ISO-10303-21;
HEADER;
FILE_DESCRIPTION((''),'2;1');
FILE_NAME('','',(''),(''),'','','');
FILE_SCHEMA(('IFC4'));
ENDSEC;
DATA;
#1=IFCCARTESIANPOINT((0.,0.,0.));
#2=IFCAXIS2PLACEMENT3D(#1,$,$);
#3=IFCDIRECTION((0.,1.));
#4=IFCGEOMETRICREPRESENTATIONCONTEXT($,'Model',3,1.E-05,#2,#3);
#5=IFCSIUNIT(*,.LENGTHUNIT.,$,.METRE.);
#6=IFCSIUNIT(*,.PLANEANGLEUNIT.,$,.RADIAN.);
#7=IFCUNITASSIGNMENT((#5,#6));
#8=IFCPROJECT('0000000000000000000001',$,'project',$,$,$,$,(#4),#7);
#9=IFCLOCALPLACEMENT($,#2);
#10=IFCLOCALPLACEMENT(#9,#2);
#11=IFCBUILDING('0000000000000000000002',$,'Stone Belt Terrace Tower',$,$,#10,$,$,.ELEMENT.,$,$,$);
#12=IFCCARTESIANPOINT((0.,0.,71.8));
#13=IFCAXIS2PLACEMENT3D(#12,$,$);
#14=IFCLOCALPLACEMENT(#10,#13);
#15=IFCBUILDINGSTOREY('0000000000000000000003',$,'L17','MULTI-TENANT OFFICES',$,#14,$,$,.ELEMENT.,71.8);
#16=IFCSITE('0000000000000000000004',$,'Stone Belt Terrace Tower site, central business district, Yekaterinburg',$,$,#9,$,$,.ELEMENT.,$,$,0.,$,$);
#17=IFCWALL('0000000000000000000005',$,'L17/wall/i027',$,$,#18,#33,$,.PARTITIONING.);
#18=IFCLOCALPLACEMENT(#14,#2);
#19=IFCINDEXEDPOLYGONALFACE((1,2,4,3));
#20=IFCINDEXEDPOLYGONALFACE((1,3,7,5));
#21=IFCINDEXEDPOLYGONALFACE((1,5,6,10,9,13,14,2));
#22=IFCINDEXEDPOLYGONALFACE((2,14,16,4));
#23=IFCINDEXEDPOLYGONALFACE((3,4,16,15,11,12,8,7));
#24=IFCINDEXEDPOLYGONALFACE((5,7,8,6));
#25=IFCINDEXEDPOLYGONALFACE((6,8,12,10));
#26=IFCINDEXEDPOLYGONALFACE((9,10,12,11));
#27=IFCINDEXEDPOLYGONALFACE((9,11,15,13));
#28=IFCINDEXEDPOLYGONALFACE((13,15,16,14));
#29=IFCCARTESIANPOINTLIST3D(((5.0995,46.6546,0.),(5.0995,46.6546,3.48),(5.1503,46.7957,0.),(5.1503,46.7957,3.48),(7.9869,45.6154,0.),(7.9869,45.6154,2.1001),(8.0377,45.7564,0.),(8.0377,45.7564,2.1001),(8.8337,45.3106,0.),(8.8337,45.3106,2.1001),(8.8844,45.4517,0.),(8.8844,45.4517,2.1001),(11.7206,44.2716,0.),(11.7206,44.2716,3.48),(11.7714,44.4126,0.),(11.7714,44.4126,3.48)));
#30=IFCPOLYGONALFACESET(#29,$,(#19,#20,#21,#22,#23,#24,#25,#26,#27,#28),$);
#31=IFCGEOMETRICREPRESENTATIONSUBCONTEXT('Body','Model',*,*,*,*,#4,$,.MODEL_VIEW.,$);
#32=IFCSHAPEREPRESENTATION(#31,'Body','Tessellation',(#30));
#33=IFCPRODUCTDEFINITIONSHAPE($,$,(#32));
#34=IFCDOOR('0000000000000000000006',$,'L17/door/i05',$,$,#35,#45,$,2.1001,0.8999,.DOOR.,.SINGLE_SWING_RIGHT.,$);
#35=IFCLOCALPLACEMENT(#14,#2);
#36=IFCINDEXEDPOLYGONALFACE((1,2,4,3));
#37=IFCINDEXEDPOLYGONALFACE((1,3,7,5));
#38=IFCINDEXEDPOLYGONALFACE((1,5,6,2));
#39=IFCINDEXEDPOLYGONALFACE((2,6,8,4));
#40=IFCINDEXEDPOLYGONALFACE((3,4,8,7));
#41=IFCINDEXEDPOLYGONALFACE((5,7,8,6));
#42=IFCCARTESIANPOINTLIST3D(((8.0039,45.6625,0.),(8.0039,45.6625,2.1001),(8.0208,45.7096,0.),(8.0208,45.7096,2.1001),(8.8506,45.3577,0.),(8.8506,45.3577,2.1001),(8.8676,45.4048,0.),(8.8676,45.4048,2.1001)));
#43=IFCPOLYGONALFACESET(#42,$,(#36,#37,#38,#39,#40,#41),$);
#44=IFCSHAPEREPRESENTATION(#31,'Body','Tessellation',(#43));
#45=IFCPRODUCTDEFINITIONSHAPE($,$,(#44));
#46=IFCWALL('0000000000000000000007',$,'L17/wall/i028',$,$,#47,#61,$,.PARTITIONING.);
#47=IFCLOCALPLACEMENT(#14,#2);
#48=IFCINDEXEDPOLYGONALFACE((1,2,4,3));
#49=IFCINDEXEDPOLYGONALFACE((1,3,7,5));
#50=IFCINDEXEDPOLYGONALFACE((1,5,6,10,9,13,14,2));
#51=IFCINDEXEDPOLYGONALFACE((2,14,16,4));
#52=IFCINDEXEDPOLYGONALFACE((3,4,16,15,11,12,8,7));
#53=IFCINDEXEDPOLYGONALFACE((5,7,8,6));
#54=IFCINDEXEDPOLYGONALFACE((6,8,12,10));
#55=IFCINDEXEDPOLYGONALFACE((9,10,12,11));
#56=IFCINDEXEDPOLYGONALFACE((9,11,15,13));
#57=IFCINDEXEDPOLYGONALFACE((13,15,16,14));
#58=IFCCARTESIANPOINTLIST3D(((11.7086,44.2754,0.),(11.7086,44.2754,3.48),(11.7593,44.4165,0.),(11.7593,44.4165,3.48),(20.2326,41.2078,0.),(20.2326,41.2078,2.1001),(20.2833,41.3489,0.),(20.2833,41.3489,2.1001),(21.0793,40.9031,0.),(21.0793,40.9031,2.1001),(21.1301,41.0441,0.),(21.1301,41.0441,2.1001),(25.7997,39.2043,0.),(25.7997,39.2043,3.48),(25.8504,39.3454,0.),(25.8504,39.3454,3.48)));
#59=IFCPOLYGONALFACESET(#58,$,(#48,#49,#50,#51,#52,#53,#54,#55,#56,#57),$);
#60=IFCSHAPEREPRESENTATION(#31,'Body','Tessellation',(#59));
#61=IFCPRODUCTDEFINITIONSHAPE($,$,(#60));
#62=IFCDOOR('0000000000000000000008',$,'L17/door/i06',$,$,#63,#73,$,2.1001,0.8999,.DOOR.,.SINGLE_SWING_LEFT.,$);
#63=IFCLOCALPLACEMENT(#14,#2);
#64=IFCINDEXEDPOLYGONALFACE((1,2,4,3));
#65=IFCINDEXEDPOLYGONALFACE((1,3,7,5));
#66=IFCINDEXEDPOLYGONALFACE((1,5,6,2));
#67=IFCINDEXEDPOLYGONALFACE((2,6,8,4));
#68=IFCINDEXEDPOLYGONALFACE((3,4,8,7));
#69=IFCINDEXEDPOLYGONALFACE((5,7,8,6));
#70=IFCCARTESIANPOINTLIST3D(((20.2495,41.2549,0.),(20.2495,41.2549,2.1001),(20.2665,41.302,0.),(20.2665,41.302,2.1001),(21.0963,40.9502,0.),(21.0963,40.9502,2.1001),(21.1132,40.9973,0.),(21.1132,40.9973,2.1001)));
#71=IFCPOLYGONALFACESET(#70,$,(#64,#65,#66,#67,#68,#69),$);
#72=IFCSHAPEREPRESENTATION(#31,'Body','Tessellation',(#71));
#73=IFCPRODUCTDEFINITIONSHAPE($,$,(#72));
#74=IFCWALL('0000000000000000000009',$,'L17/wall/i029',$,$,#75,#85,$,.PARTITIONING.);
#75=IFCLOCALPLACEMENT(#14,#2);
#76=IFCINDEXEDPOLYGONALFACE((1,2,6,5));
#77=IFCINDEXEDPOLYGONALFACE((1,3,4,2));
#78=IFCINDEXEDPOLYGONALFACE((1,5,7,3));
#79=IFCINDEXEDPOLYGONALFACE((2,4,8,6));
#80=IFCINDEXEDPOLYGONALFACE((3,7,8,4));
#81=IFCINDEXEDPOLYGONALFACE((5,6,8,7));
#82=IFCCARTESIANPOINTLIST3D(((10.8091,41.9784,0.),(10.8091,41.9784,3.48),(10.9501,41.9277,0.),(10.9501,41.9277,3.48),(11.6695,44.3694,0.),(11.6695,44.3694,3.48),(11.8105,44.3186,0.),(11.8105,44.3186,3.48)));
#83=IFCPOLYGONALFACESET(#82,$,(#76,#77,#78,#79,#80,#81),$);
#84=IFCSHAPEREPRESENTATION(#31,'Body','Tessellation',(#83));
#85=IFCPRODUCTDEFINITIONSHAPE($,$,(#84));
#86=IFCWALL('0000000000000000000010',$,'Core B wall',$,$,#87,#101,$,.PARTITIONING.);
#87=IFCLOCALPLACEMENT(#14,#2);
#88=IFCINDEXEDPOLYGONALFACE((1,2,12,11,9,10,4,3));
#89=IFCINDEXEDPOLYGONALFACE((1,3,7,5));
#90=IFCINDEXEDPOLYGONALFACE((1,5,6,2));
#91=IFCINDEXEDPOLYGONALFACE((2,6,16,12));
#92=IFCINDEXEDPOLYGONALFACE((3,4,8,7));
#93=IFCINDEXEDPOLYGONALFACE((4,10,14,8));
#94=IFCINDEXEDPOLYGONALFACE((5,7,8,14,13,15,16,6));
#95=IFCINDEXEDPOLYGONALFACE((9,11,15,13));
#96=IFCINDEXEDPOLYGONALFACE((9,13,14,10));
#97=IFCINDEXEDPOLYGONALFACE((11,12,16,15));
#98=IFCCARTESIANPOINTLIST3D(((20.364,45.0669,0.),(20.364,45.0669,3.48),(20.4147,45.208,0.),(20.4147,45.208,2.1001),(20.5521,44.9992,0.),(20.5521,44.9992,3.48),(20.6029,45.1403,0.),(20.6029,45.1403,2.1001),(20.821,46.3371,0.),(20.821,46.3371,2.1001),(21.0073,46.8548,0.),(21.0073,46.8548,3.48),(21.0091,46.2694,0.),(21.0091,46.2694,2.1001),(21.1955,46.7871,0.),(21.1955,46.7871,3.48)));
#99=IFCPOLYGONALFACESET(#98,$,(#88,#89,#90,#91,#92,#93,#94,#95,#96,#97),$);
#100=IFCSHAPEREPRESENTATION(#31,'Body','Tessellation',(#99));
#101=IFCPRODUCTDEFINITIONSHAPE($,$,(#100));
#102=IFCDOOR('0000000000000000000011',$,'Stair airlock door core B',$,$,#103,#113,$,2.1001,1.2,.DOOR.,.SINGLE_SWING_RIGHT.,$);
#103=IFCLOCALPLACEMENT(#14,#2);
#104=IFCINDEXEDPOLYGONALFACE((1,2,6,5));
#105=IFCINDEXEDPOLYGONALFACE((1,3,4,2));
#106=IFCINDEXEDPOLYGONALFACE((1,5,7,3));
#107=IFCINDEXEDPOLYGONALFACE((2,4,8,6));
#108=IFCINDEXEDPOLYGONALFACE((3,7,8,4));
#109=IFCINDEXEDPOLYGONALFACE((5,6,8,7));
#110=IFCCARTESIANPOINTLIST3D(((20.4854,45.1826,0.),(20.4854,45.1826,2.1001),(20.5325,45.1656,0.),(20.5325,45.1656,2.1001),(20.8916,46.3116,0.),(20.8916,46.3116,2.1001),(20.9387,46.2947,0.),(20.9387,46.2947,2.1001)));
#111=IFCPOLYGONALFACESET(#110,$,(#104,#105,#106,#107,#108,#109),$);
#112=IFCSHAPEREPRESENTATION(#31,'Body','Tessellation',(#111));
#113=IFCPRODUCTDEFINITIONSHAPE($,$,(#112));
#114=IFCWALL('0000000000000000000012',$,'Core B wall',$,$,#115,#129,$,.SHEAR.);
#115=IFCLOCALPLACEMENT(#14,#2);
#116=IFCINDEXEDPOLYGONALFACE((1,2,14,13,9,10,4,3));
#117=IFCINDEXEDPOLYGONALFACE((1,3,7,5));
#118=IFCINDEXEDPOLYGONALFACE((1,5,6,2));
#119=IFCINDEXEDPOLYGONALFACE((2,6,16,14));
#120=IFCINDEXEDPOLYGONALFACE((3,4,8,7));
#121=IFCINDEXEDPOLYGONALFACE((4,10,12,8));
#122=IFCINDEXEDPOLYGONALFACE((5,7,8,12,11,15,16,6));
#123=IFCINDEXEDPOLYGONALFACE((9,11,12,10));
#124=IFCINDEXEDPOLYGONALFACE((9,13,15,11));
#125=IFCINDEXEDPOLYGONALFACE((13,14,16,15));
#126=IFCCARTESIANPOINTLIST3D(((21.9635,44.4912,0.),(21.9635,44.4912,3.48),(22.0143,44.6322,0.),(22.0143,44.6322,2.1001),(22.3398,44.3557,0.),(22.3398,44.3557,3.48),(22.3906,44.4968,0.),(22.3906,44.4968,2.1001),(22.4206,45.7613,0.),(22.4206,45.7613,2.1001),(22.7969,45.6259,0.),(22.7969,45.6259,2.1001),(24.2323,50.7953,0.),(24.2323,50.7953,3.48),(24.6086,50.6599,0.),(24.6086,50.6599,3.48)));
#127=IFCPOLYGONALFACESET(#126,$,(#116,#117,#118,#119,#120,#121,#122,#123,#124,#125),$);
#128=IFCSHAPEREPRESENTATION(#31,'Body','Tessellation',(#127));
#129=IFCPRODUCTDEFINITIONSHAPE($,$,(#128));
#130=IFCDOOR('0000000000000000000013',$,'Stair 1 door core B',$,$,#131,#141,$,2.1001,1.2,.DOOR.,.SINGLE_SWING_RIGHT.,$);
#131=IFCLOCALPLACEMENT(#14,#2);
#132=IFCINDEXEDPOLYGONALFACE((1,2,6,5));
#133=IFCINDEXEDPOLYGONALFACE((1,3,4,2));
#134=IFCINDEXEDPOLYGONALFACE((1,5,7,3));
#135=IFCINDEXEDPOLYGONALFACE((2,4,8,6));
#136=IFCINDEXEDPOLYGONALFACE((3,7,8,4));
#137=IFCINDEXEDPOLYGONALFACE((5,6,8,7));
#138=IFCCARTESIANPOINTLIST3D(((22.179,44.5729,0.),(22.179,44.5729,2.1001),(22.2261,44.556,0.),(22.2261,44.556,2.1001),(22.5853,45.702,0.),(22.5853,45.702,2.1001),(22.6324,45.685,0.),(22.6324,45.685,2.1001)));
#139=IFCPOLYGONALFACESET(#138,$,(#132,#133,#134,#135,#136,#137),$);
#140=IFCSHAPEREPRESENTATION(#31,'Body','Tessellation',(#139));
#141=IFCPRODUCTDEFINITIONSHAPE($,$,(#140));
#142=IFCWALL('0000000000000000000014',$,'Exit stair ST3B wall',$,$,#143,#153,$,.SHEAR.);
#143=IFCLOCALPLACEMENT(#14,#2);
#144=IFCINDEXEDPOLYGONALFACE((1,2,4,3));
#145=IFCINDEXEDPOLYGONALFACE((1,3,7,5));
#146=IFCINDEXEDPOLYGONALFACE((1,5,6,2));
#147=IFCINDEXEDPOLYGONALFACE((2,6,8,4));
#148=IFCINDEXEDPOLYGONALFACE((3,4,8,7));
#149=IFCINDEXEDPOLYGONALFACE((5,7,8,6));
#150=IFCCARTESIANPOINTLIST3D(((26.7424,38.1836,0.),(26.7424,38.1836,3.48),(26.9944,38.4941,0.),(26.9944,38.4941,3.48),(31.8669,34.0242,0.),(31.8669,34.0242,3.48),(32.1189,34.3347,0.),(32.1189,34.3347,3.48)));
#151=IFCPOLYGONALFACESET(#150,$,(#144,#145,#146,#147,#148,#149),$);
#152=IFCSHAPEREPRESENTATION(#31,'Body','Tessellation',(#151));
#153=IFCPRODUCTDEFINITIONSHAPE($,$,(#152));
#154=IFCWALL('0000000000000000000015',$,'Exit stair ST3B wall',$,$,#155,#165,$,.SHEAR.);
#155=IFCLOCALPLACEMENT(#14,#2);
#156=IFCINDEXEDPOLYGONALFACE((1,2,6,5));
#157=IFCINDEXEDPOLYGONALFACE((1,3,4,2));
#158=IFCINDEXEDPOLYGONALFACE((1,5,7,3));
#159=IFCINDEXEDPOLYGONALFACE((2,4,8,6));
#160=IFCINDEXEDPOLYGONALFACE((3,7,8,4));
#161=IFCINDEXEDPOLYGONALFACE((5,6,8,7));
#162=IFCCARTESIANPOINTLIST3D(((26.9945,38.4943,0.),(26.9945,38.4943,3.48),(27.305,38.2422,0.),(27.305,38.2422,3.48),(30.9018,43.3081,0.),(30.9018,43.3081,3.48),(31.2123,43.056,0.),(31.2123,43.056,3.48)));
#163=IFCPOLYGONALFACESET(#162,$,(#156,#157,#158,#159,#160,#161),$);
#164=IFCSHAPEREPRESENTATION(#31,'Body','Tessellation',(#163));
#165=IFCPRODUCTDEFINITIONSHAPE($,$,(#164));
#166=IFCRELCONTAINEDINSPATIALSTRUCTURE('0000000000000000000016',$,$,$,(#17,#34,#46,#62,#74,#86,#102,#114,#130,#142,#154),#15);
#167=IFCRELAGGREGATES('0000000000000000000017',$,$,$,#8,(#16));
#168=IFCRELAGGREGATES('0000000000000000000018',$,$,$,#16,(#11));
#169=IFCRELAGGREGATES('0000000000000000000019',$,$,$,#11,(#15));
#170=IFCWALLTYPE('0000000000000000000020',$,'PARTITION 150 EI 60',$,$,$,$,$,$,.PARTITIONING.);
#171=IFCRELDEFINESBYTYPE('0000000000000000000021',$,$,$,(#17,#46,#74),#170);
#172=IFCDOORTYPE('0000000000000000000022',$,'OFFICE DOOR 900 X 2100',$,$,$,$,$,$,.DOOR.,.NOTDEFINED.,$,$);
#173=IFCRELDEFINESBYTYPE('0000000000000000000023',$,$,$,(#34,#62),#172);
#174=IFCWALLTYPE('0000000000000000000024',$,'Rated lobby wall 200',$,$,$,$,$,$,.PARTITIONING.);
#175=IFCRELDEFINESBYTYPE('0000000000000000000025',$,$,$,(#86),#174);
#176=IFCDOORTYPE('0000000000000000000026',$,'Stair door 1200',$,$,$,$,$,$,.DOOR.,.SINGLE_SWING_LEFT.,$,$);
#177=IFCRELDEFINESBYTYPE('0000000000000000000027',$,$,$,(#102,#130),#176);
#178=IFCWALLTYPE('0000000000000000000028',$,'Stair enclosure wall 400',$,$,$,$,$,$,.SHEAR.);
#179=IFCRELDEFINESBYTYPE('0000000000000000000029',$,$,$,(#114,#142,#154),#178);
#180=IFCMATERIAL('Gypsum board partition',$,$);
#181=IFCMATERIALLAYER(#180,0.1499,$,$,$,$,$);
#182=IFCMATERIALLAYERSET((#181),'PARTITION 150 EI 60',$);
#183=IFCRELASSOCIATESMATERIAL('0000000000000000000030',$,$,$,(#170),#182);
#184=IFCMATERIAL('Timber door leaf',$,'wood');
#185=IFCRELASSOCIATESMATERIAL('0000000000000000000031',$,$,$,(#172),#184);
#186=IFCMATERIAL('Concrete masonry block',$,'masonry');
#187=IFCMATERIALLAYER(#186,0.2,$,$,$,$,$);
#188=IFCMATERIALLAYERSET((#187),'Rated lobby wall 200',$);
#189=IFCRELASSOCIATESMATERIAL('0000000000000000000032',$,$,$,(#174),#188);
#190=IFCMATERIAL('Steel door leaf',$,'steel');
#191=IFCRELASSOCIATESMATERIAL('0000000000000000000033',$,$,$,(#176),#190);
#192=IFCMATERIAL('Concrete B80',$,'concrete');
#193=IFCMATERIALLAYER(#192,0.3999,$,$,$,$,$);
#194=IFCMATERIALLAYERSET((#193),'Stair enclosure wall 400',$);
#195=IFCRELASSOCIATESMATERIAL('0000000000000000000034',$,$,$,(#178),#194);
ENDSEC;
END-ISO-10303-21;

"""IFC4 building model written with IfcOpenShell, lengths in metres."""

from ifc_helpers import new_model, si_unit, direction, frame, frame_2d, origin, place, context, subcontext, project, spatial, rectangle, extrude, material, layer, layer_set, type_object, element, fill, save


model = new_model("IFC4")

# Units and contexts
model_context = context("Model", 3, precision=1e-05, world=origin(), true_north=direction((0.0, 1.0)))
body_context = subcontext(model_context, "Body", "Model", "MODEL_VIEW")
ifc_project = project(units=[si_unit("LENGTHUNIT", "METRE"), si_unit("PLANEANGLEUNIT", "RADIAN")], contexts=[model_context])

# Site, building, storey
site_placement = place(None, origin())
site = spatial("IfcSite", under=ifc_project, at=site_placement, Name="Stone Belt Terrace Tower site, central business district, Yekaterinburg", CompositionType="ELEMENT", RefElevation=0.0)
building_placement = place(site_placement, origin())
building = spatial("IfcBuilding", under=site, at=building_placement, Name="Stone Belt Terrace Tower", CompositionType="ELEMENT")
storey_placement = place(building_placement, frame((0.0, 0.0, 71.8)))
storey = spatial("IfcBuildingStorey", under=building, at=storey_placement, Name="L17", Description="MULTI-TENANT OFFICES", CompositionType="ELEMENT", Elevation=71.8)

# Shared definitions
ifc_material_1 = material(Name="Concrete B80", Category="concrete")

# Walls, openings, doors
ifc_material_2 = material(Name="Gypsum board partition")
ifc_layer_1 = layer(ifc_material_2, 0.1499)
ifc_layer_set_1 = layer_set([ifc_layer_1], Name="PARTITION 150 EI 60")
wall_type_1 = type_object("IfcWallType", Name="PARTITION 150 EI 60", PredefinedType="PARTITIONING", material=ifc_layer_set_1)
wall_1_placement = place(storey_placement, frame((11.7461, 44.342, 0.0), z_axis=(0.0, 0.0, 1.0), x_axis=(-0.940912, 0.338652, 0.0)))
wall_1 = element("IfcWall", 1, at=wall_1_placement, inside=storey, type_object=wall_type_1, Name="L17/wall/i027", PredefinedType="PARTITIONING", context=body_context, shape_type="SweptSolid", body=[
    extrude(rectangle(XDim=7.0369, YDim=0.1499, at=frame_2d((3.5186, 0.0))), origin(), (0.0, 0.0, 1.0), 3.48),
])
opening_1_placement = place(wall_1_placement, frame((3.0684, 0.0, 0.0)))
opening_1 = element("IfcOpeningElement", 2, at=opening_1_placement, cuts=wall_1, PredefinedType="OPENING", context=body_context, shape_type="SweptSolid", body=[
    extrude(rectangle(XDim=0.8999, YDim=2.1001, at=frame_2d((0.45, 1.05))), frame((0.0, 0.085, 0.0), z_axis=(0.0, -1.0, 0.0), x_axis=(1.0, 0.0, 0.0)), (0.0, 0.0, 1.0), 0.1699),
])
ifc_material_3 = material(Name="Timber door leaf", Category="wood")
door_type_1 = type_object("IfcDoorType", Name="OFFICE DOOR 900 X 2100", OperationType="NOTDEFINED", PredefinedType="DOOR", material=ifc_material_3)
door_1_placement = place(opening_1_placement, origin())
door_1 = element("IfcDoor", 3, at=door_1_placement, inside=storey, type_object=door_type_1, Name="L17/door/i05", OperationType="SINGLE_SWING_RIGHT", OverallHeight=2.1001, OverallWidth=0.8999, PredefinedType="DOOR", context=body_context, shape_type="SweptSolid", body=[
    extrude(rectangle(XDim=0.8999, YDim=2.1001, at=frame_2d((0.45, 1.05))), frame((0.0, 0.0249, 0.0), z_axis=(0.0, -1.0, 0.0), x_axis=(1.0, 0.0, 0.0)), (0.0, 0.0, 1.0), 0.05),
])
fill(opening_1, door_1)
wall_2_placement = place(storey_placement, frame((25.825, 39.2749, 0.0), z_axis=(0.0, 0.0, 1.0), x_axis=(-0.940924, 0.338617, 0.0)))
wall_2 = element("IfcWall", 4, at=wall_2_placement, inside=storey, type_object=wall_type_1, Name="L17/wall/i028", PredefinedType="PARTITIONING", context=body_context, shape_type="SweptSolid", body=[
    extrude(rectangle(XDim=14.9758, YDim=0.1499, at=frame_2d((7.4878, 0.0))), origin(), (0.0, 0.0, 1.0), 3.48),
])
opening_2_placement = place(wall_2_placement, frame((5.0166, 0.0, 0.0)))
opening_2 = element("IfcOpeningElement", 5, at=opening_2_placement, cuts=wall_2, PredefinedType="OPENING", context=body_context, shape_type="SweptSolid", body=[
    extrude(rectangle(XDim=0.8999, YDim=2.1001, at=frame_2d((0.45, 1.05))), frame((0.0, 0.085, 0.0), z_axis=(0.0, -1.0, 0.0), x_axis=(1.0, 0.0, 0.0)), (0.0, 0.0, 1.0), 0.1699),
])
door_2_placement = place(opening_2_placement, origin())
door_2 = element("IfcDoor", 6, at=door_2_placement, inside=storey, type_object=door_type_1, Name="L17/door/i06", OperationType="SINGLE_SWING_LEFT", OverallHeight=2.1001, OverallWidth=0.8999, PredefinedType="DOOR", context=body_context, shape_type="SweptSolid", body=[
    extrude(rectangle(XDim=0.8999, YDim=2.1001, at=frame_2d((0.45, 1.05))), frame((0.0, 0.0249, 0.0), z_axis=(0.0, -1.0, 0.0), x_axis=(1.0, 0.0, 0.0)), (0.0, 0.0, 1.0), 0.05),
])
fill(opening_2, door_2)

# Wall
wall_3_placement = place(storey_placement, frame((11.74, 44.344, 0.0), z_axis=(0.0, 0.0, 1.0), x_axis=(-0.338594, -0.940933, 0.0)))
element("IfcWall", 7, at=wall_3_placement, inside=storey, type_object=wall_type_1, Name="L17/wall/i029", PredefinedType="PARTITIONING", context=body_context, shape_type="SweptSolid", body=[
    extrude(rectangle(XDim=2.541, YDim=0.1499, at=frame_2d((1.2705, 0.0))), origin(), (0.0, 0.0, 1.0), 3.48),
])

# Walls, openings, doors
ifc_material_4 = material(Name="Concrete masonry block", Category="masonry")
ifc_layer_2 = layer(ifc_material_4, 0.2)
ifc_layer_set_2 = layer_set([ifc_layer_2], Name="Rated lobby wall 200")
wall_type_2 = type_object("IfcWallType", Name="Rated lobby wall 200", PredefinedType="PARTITIONING", material=ifc_layer_set_2)
wall_4_placement = place(storey_placement, frame((20.458, 45.033, 0.0), z_axis=(0.0, 0.0, 1.0), x_axis=(0.338574, 0.94094, 0.0)))
wall_4 = element("IfcWall", 8, at=wall_4_placement, inside=storey, type_object=wall_type_2, Name="Core B wall", PredefinedType="PARTITIONING", context=body_context, shape_type="SweptSolid", body=[
    extrude(rectangle(XDim=1.9001, YDim=0.2, at=frame_2d((0.9502, 0.0))), origin(), (0.0, 0.0, 1.0), 3.48),
])
opening_3_placement = place(wall_4_placement, frame((0.1499, 0.0, 0.0)))
opening_3 = element("IfcOpeningElement", 9, at=opening_3_placement, cuts=wall_4, PredefinedType="OPENING", context=body_context, shape_type="SweptSolid", body=[
    extrude(rectangle(XDim=1.2, YDim=2.1001, at=frame_2d((0.6001, 1.05))), frame((0.0, 0.1099, 0.0), z_axis=(0.0, -1.0, 0.0), x_axis=(1.0, 0.0, 0.0)), (0.0, 0.0, 1.0), 0.22),
])
ifc_material_5 = material(Name="Steel door leaf", Category="steel")
door_type_2 = type_object("IfcDoorType", Name="Stair door 1200", OperationType="SINGLE_SWING_LEFT", PredefinedType="DOOR", material=ifc_material_5)
door_3_placement = place(opening_3_placement, origin())
door_3 = element("IfcDoor", 10, at=door_3_placement, inside=storey, type_object=door_type_2, Name="Stair airlock door core B", OperationType="SINGLE_SWING_RIGHT", OverallHeight=2.1001, OverallWidth=1.2, PredefinedType="DOOR", context=body_context, shape_type="SweptSolid", body=[
    extrude(rectangle(XDim=1.2, YDim=2.1001, at=frame_2d((0.6001, 1.05))), frame((0.0, 0.0249, 0.0), z_axis=(0.0, -1.0, 0.0), x_axis=(1.0, 0.0, 0.0)), (0.0, 0.0, 1.0), 0.05),
])
fill(opening_3, door_3)
ifc_layer_3 = layer(ifc_material_1, 0.3999)
ifc_layer_set_3 = layer_set([ifc_layer_3], Name="Stair enclosure wall 400")
wall_type_3 = type_object("IfcWallType", Name="Stair enclosure wall 400", PredefinedType="SHEAR", material=ifc_layer_set_3)
wall_5_placement = place(storey_placement, frame((22.1516, 44.4233, 0.0), z_axis=(0.0, 0.0, 1.0), x_axis=(0.338625, 0.940921, 0.0)))
wall_5 = element("IfcWall", 11, at=wall_5_placement, inside=storey, type_object=wall_type_3, Name="Core B wall", PredefinedType="SHEAR", context=body_context, shape_type="SweptSolid", body=[
    extrude(rectangle(XDim=6.7, YDim=0.3999, at=frame_2d((3.3501, 0.0))), origin(), (0.0, 0.0, 1.0), 3.48),
])
opening_4_placement = place(wall_5_placement, frame((0.1499, 0.0, 0.0)))
opening_4 = element("IfcOpeningElement", 12, at=opening_4_placement, cuts=wall_5, PredefinedType="OPENING", context=body_context, shape_type="SweptSolid", body=[
    extrude(rectangle(XDim=1.2, YDim=2.1001, at=frame_2d((0.6001, 1.05))), frame((0.0, 0.21, 0.0), z_axis=(0.0, -1.0, 0.0), x_axis=(1.0, 0.0, 0.0)), (0.0, 0.0, 1.0), 0.4199),
])
door_4_placement = place(opening_4_placement, origin())
door_4 = element("IfcDoor", 13, at=door_4_placement, inside=storey, type_object=door_type_2, Name="Stair 1 door core B", OperationType="SINGLE_SWING_RIGHT", OverallHeight=2.1001, OverallWidth=1.2, PredefinedType="DOOR", context=body_context, shape_type="SweptSolid", body=[
    extrude(rectangle(XDim=1.2, YDim=2.1001, at=frame_2d((0.6001, 1.05))), frame((0.0, 0.0249, 0.0), z_axis=(0.0, -1.0, 0.0), x_axis=(1.0, 0.0, 0.0)), (0.0, 0.0, 1.0), 0.05),
])
fill(opening_4, door_4)

# Walls
wall_6_placement = place(storey_placement, frame((26.8684, 38.3389, 0.0), z_axis=(0.0, 0.0, 1.0), x_axis=(0.776428, -0.630205, 0.0)))
element("IfcWall", 14, at=wall_6_placement, inside=storey, type_object=wall_type_3, Name="Exit stair ST3B wall", PredefinedType="SHEAR", context=body_context, shape_type="SweptSolid", body=[
    extrude(rectangle(XDim=6.6001, YDim=0.3999, at=frame_2d((3.3, 0.0))), origin(), (0.0, 0.0, 1.0), 3.48),
])
wall_7_placement = place(storey_placement, frame((27.1497, 38.3682, 0.0), z_axis=(0.0, 0.0, 1.0), x_axis=(0.630212, 0.776423, 0.0)))
element("IfcWall", 15, at=wall_7_placement, inside=storey, type_object=wall_type_3, Name="Exit stair ST3B wall", PredefinedType="SHEAR", context=body_context, shape_type="SweptSolid", body=[
    extrude(rectangle(XDim=6.2, YDim=0.3999, at=frame_2d((3.1001, 0.0))), origin(), (0.0, 0.0, 1.0), 3.48),
])

save(model, "model.ifc")
